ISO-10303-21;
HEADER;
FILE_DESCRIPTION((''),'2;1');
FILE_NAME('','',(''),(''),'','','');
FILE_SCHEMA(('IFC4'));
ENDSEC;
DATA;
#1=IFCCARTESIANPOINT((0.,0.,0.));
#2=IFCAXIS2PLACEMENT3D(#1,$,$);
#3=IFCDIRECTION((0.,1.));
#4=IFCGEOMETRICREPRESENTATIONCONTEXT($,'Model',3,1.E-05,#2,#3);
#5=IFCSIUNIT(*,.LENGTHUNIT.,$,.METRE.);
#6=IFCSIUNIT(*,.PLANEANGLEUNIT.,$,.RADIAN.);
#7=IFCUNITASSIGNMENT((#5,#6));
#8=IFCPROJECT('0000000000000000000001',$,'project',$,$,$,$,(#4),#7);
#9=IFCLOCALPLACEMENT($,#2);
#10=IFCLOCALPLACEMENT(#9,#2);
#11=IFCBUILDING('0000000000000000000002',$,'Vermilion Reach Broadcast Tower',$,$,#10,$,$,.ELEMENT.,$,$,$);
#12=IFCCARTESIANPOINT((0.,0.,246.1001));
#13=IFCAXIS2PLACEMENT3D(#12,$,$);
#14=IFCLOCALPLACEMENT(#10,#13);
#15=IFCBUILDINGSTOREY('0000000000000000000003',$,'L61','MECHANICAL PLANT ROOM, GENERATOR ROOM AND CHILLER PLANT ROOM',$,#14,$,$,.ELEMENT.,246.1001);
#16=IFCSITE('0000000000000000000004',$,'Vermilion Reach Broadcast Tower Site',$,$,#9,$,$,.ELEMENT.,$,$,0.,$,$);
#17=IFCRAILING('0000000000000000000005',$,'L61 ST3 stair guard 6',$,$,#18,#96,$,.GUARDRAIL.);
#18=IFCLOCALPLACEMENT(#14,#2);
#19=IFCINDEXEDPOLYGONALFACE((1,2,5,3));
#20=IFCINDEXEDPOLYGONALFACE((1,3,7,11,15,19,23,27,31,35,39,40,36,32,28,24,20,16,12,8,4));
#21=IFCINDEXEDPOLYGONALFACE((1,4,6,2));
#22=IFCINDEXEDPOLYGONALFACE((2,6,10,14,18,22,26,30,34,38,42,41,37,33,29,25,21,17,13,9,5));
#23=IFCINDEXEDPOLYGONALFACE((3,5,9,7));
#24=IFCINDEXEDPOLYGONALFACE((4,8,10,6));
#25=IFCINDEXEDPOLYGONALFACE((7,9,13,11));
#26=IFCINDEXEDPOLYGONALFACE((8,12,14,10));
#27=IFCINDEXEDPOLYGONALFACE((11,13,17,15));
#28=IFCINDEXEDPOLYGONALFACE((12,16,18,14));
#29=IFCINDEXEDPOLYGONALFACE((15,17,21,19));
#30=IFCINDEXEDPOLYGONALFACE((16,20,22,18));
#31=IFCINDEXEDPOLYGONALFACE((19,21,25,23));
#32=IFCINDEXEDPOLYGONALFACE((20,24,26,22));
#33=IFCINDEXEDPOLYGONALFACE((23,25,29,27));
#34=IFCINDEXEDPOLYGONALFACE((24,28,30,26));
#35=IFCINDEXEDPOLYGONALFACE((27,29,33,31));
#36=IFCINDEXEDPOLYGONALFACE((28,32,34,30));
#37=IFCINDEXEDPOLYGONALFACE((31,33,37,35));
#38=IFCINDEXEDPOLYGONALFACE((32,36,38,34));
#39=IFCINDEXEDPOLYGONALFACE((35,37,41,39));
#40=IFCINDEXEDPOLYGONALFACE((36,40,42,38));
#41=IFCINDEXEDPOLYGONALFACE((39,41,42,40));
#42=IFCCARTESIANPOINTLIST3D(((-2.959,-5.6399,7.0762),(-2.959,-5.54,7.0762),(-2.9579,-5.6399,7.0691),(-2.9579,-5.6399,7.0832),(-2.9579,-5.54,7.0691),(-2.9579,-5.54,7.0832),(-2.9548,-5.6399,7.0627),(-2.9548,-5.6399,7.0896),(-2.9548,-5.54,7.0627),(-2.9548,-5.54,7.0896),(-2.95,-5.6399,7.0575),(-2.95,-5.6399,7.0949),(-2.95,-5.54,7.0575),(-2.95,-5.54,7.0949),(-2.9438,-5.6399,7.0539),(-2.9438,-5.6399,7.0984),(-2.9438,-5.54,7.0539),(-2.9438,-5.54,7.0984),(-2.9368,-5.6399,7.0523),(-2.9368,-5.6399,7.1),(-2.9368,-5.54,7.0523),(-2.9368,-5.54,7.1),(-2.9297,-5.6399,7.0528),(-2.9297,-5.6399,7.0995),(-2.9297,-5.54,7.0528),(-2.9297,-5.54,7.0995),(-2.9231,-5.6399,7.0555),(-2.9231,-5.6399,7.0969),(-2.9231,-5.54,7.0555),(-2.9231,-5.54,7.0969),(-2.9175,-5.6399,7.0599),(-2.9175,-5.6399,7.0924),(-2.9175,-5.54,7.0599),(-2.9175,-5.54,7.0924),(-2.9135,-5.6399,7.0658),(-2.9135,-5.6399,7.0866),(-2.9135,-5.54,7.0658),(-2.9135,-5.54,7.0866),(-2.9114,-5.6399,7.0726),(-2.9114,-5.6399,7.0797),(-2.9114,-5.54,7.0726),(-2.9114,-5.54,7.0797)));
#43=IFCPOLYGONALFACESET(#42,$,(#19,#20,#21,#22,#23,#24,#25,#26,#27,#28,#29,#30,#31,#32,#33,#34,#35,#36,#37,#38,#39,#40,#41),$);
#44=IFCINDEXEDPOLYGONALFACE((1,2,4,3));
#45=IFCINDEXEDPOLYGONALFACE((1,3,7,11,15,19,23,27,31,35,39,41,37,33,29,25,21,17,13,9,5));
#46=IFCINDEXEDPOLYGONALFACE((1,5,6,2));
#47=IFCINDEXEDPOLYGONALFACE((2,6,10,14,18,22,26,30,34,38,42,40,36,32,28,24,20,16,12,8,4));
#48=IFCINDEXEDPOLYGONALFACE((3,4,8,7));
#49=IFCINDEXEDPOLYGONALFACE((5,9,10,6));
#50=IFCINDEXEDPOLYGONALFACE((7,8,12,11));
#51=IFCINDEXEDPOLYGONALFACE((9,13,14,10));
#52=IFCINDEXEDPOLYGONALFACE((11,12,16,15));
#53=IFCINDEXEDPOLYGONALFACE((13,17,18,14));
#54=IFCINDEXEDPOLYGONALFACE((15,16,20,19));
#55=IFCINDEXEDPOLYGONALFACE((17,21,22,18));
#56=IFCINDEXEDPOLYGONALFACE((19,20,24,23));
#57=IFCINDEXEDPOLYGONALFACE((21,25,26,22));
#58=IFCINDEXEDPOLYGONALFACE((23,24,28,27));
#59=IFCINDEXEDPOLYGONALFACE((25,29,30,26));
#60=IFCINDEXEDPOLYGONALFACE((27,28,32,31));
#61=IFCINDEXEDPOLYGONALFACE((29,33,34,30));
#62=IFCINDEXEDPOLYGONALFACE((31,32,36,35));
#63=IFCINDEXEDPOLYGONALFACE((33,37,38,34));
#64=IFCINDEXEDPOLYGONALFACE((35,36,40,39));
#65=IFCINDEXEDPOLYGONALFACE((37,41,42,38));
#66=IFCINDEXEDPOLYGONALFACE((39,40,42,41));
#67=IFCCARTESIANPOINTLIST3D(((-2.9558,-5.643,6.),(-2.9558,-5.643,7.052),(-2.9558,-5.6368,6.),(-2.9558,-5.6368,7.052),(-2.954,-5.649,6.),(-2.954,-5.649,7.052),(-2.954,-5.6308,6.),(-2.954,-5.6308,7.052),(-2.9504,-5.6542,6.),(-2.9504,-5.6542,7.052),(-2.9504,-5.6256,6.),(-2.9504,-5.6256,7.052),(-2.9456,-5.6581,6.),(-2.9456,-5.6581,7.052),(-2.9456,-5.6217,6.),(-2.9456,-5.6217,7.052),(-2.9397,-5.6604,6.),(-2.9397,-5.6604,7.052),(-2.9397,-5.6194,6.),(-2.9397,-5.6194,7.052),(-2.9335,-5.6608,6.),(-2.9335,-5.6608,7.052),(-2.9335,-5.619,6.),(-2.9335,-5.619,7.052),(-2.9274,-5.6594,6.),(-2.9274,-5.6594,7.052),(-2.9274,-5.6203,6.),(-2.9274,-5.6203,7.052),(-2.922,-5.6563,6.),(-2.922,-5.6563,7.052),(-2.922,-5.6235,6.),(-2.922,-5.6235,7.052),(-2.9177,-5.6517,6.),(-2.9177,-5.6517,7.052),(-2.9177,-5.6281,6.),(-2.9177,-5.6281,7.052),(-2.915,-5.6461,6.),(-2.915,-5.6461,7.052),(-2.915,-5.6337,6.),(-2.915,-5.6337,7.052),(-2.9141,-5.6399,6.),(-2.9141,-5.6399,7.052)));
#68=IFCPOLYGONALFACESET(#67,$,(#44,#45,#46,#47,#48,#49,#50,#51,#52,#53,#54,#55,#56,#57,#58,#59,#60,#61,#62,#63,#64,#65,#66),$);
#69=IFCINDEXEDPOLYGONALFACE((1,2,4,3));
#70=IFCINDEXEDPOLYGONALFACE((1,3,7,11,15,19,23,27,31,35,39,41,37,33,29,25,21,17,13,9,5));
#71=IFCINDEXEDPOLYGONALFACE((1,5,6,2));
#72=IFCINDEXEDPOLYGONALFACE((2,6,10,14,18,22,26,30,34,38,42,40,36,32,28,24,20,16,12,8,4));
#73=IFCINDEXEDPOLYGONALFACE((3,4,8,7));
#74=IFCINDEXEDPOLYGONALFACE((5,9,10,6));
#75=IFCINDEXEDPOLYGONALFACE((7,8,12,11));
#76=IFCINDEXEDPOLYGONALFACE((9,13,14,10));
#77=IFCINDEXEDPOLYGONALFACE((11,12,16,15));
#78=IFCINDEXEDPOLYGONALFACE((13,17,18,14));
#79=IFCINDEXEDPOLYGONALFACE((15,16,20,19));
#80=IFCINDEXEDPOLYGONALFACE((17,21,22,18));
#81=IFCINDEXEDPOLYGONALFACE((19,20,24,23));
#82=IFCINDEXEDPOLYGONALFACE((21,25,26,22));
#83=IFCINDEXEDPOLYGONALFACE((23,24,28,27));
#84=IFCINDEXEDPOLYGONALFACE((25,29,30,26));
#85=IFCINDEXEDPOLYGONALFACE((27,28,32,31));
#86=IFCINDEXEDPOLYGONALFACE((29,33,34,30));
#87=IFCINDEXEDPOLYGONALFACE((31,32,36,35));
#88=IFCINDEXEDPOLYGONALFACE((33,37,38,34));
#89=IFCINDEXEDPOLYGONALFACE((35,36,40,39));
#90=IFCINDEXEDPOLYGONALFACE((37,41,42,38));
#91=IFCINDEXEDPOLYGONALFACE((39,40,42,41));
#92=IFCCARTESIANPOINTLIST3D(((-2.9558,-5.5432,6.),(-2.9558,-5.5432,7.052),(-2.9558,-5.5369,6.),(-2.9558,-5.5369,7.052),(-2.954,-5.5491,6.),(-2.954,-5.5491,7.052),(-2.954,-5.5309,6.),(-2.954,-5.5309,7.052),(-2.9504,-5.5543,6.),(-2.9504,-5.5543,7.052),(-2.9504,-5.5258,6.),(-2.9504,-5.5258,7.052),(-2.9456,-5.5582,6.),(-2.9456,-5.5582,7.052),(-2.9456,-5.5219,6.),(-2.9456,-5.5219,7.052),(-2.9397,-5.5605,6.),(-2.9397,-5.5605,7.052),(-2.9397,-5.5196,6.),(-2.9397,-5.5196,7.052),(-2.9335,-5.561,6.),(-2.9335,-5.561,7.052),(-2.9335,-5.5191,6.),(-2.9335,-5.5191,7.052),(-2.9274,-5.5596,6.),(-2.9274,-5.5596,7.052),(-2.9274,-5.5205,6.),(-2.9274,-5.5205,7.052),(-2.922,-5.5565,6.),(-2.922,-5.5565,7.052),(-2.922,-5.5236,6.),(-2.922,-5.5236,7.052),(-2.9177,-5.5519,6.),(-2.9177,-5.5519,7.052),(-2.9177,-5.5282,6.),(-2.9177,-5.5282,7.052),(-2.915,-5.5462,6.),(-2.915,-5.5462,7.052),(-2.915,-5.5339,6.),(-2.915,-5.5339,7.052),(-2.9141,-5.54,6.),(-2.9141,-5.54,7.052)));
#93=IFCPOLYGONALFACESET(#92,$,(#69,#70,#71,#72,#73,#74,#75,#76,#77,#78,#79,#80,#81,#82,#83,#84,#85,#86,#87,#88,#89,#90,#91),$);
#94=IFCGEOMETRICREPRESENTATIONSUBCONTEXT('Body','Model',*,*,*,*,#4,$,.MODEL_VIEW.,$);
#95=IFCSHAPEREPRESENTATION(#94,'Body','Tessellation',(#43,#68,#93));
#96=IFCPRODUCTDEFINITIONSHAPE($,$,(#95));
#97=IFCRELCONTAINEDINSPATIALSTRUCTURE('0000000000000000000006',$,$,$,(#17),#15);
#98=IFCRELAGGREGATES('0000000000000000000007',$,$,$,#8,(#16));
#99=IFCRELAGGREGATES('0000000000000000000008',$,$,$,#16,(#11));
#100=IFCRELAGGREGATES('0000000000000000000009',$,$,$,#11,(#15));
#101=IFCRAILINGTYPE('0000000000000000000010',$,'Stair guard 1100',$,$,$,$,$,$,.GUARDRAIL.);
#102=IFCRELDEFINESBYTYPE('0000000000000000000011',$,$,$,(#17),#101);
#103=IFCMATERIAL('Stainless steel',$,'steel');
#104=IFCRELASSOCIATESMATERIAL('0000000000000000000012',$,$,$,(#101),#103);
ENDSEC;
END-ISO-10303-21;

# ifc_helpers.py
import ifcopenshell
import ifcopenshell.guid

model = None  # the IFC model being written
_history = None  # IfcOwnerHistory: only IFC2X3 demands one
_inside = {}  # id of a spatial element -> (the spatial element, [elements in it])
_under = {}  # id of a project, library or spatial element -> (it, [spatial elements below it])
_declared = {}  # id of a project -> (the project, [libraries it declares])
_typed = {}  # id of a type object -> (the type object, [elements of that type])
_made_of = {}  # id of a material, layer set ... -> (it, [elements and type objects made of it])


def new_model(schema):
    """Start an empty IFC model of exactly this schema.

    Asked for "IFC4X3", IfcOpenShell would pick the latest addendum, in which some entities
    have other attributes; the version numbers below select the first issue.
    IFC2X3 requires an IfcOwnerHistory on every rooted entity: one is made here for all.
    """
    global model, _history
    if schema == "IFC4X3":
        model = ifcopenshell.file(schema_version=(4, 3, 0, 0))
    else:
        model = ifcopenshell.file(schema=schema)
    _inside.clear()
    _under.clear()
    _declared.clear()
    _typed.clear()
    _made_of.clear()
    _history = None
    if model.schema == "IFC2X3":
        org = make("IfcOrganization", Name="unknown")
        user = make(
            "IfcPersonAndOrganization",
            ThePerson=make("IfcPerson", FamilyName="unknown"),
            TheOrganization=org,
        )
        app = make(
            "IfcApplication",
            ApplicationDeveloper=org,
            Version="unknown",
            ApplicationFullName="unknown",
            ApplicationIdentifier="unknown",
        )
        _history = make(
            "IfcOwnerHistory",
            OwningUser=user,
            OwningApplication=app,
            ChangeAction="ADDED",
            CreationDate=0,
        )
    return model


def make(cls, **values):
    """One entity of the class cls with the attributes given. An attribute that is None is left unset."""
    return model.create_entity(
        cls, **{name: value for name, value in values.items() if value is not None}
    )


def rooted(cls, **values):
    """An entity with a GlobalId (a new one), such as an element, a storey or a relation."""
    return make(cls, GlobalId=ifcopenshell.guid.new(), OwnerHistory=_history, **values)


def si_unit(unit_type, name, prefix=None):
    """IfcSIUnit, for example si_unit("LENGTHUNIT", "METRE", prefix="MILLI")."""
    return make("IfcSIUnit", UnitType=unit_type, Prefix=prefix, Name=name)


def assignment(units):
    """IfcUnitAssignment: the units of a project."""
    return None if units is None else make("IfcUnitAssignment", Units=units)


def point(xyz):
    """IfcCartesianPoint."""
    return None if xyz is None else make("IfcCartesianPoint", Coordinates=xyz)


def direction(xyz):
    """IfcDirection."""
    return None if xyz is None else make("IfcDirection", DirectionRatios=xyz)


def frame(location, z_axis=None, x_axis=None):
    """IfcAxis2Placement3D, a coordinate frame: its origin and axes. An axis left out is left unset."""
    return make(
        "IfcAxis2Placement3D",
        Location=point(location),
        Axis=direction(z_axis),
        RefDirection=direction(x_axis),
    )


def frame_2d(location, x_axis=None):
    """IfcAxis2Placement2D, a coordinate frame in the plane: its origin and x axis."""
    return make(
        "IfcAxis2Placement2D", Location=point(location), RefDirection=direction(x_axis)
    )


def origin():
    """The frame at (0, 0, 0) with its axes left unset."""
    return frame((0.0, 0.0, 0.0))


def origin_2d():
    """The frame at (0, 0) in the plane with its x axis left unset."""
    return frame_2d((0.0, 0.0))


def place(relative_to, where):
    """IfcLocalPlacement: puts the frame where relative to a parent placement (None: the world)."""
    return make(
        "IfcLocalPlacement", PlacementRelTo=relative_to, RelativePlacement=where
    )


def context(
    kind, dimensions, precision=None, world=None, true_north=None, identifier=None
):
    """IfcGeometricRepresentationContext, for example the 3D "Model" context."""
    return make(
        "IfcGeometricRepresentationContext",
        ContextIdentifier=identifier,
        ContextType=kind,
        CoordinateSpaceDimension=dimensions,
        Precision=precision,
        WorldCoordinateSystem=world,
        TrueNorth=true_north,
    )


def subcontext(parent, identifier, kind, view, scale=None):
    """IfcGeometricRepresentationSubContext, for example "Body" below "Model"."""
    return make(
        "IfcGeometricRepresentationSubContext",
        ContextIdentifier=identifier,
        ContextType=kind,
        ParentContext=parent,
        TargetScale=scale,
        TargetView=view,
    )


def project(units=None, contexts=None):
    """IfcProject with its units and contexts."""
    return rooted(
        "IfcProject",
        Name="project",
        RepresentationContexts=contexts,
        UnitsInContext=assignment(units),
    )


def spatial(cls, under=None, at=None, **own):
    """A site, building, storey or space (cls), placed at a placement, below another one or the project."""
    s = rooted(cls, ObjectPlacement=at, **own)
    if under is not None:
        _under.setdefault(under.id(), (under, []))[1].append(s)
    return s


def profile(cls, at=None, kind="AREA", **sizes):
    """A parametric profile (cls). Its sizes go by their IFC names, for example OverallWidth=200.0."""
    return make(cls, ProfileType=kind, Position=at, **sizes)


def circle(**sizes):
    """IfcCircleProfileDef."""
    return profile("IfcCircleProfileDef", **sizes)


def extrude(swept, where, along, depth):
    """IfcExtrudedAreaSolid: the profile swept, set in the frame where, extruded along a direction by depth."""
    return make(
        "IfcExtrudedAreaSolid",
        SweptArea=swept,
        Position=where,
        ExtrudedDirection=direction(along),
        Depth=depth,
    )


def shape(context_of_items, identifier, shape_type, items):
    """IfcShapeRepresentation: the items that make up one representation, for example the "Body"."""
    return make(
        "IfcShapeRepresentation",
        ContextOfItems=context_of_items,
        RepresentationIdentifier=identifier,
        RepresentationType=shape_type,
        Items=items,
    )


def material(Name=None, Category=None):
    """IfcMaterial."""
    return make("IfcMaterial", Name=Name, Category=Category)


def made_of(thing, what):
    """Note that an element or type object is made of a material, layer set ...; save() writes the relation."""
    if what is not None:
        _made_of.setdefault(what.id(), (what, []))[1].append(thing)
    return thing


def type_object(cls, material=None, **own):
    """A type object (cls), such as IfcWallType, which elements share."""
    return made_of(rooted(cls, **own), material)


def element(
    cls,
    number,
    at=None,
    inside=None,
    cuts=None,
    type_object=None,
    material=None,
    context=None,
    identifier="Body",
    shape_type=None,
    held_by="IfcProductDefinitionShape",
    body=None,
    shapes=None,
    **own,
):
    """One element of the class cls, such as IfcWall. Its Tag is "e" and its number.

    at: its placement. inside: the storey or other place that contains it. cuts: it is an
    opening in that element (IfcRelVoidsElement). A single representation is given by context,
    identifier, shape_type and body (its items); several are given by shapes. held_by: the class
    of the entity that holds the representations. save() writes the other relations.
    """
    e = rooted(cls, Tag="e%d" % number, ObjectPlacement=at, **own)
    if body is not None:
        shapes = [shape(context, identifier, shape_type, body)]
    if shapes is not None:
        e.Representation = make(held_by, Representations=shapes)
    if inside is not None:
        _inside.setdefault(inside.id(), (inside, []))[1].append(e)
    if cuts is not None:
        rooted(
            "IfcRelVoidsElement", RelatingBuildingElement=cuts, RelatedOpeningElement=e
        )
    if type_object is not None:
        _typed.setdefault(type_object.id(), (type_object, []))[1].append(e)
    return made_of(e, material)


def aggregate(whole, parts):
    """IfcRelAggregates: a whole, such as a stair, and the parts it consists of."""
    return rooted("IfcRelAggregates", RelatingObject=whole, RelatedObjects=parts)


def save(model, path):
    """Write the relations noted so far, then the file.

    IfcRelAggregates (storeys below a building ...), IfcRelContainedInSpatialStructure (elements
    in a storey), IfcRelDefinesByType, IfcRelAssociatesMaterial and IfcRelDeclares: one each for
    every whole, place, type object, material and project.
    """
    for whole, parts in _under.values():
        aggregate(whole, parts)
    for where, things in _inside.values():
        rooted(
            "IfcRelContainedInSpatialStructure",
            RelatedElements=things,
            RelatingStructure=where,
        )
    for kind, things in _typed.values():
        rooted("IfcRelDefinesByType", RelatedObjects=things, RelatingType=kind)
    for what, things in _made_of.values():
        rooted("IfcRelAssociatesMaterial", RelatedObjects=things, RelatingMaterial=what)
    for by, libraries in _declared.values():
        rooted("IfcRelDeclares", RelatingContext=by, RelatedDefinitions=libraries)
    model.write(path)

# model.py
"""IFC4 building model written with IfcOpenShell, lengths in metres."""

from ifc_helpers import new_model, si_unit, direction, frame, origin, origin_2d, place, context, subcontext, project, spatial, circle, extrude, material, type_object, element, save


model = new_model("IFC4")

# Units and contexts
model_context = context("Model", 3, precision=1e-05, world=origin(), true_north=direction((0.0, 1.0)))
body_context = subcontext(model_context, "Body", "Model", "MODEL_VIEW")
ifc_project = project(units=[si_unit("LENGTHUNIT", "METRE"), si_unit("PLANEANGLEUNIT", "RADIAN")], contexts=[model_context])

# Site, building, storey
site_placement = place(None, origin())
site = spatial("IfcSite", under=ifc_project, at=site_placement, Name="Vermilion Reach Broadcast Tower Site", CompositionType="ELEMENT", RefElevation=0.0)
building_placement = place(site_placement, origin())
building = spatial("IfcBuilding", under=site, at=building_placement, Name="Vermilion Reach Broadcast Tower", CompositionType="ELEMENT")
storey_placement = place(building_placement, frame((0.0, 0.0, 246.1001)))
storey = spatial("IfcBuildingStorey", under=building, at=storey_placement, Name="L61", Description="MECHANICAL PLANT ROOM, GENERATOR ROOM AND CHILLER PLANT ROOM", CompositionType="ELEMENT", Elevation=246.1001)

# Railing
ifc_material_1 = material(Name="Stainless steel", Category="steel")
railing_type_1 = type_object("IfcRailingType", Name="Stair guard 1100", PredefinedType="GUARDRAIL", material=ifc_material_1)
railing_1_placement = place(storey_placement, frame((-2.9351, -5.6399, 6.0)))
element("IfcRailing", 1, at=railing_1_placement, inside=storey, type_object=railing_type_1, Name="L61 ST3 stair guard 6", PredefinedType="GUARDRAIL", context=body_context, shape_type="SweptSolid", body=[
    extrude(circle(Radius=0.0239, at=origin_2d()), frame((0.0, 0.0, 1.0762), z_axis=(0.0, 1.0, 0.0), x_axis=(-1.0, 0.0, 0.0)), (0.0, 0.0, 1.0), 0.0999),
    extrude(circle(Radius=0.021, at=origin_2d()), origin(), (0.0, 0.0, 1.0), 1.052),
    extrude(circle(Radius=0.021, at=origin_2d()), frame((0.0, 0.0999, 0.0)), (0.0, 0.0, 1.0), 1.052),
])

save(model, "model.ifc")
